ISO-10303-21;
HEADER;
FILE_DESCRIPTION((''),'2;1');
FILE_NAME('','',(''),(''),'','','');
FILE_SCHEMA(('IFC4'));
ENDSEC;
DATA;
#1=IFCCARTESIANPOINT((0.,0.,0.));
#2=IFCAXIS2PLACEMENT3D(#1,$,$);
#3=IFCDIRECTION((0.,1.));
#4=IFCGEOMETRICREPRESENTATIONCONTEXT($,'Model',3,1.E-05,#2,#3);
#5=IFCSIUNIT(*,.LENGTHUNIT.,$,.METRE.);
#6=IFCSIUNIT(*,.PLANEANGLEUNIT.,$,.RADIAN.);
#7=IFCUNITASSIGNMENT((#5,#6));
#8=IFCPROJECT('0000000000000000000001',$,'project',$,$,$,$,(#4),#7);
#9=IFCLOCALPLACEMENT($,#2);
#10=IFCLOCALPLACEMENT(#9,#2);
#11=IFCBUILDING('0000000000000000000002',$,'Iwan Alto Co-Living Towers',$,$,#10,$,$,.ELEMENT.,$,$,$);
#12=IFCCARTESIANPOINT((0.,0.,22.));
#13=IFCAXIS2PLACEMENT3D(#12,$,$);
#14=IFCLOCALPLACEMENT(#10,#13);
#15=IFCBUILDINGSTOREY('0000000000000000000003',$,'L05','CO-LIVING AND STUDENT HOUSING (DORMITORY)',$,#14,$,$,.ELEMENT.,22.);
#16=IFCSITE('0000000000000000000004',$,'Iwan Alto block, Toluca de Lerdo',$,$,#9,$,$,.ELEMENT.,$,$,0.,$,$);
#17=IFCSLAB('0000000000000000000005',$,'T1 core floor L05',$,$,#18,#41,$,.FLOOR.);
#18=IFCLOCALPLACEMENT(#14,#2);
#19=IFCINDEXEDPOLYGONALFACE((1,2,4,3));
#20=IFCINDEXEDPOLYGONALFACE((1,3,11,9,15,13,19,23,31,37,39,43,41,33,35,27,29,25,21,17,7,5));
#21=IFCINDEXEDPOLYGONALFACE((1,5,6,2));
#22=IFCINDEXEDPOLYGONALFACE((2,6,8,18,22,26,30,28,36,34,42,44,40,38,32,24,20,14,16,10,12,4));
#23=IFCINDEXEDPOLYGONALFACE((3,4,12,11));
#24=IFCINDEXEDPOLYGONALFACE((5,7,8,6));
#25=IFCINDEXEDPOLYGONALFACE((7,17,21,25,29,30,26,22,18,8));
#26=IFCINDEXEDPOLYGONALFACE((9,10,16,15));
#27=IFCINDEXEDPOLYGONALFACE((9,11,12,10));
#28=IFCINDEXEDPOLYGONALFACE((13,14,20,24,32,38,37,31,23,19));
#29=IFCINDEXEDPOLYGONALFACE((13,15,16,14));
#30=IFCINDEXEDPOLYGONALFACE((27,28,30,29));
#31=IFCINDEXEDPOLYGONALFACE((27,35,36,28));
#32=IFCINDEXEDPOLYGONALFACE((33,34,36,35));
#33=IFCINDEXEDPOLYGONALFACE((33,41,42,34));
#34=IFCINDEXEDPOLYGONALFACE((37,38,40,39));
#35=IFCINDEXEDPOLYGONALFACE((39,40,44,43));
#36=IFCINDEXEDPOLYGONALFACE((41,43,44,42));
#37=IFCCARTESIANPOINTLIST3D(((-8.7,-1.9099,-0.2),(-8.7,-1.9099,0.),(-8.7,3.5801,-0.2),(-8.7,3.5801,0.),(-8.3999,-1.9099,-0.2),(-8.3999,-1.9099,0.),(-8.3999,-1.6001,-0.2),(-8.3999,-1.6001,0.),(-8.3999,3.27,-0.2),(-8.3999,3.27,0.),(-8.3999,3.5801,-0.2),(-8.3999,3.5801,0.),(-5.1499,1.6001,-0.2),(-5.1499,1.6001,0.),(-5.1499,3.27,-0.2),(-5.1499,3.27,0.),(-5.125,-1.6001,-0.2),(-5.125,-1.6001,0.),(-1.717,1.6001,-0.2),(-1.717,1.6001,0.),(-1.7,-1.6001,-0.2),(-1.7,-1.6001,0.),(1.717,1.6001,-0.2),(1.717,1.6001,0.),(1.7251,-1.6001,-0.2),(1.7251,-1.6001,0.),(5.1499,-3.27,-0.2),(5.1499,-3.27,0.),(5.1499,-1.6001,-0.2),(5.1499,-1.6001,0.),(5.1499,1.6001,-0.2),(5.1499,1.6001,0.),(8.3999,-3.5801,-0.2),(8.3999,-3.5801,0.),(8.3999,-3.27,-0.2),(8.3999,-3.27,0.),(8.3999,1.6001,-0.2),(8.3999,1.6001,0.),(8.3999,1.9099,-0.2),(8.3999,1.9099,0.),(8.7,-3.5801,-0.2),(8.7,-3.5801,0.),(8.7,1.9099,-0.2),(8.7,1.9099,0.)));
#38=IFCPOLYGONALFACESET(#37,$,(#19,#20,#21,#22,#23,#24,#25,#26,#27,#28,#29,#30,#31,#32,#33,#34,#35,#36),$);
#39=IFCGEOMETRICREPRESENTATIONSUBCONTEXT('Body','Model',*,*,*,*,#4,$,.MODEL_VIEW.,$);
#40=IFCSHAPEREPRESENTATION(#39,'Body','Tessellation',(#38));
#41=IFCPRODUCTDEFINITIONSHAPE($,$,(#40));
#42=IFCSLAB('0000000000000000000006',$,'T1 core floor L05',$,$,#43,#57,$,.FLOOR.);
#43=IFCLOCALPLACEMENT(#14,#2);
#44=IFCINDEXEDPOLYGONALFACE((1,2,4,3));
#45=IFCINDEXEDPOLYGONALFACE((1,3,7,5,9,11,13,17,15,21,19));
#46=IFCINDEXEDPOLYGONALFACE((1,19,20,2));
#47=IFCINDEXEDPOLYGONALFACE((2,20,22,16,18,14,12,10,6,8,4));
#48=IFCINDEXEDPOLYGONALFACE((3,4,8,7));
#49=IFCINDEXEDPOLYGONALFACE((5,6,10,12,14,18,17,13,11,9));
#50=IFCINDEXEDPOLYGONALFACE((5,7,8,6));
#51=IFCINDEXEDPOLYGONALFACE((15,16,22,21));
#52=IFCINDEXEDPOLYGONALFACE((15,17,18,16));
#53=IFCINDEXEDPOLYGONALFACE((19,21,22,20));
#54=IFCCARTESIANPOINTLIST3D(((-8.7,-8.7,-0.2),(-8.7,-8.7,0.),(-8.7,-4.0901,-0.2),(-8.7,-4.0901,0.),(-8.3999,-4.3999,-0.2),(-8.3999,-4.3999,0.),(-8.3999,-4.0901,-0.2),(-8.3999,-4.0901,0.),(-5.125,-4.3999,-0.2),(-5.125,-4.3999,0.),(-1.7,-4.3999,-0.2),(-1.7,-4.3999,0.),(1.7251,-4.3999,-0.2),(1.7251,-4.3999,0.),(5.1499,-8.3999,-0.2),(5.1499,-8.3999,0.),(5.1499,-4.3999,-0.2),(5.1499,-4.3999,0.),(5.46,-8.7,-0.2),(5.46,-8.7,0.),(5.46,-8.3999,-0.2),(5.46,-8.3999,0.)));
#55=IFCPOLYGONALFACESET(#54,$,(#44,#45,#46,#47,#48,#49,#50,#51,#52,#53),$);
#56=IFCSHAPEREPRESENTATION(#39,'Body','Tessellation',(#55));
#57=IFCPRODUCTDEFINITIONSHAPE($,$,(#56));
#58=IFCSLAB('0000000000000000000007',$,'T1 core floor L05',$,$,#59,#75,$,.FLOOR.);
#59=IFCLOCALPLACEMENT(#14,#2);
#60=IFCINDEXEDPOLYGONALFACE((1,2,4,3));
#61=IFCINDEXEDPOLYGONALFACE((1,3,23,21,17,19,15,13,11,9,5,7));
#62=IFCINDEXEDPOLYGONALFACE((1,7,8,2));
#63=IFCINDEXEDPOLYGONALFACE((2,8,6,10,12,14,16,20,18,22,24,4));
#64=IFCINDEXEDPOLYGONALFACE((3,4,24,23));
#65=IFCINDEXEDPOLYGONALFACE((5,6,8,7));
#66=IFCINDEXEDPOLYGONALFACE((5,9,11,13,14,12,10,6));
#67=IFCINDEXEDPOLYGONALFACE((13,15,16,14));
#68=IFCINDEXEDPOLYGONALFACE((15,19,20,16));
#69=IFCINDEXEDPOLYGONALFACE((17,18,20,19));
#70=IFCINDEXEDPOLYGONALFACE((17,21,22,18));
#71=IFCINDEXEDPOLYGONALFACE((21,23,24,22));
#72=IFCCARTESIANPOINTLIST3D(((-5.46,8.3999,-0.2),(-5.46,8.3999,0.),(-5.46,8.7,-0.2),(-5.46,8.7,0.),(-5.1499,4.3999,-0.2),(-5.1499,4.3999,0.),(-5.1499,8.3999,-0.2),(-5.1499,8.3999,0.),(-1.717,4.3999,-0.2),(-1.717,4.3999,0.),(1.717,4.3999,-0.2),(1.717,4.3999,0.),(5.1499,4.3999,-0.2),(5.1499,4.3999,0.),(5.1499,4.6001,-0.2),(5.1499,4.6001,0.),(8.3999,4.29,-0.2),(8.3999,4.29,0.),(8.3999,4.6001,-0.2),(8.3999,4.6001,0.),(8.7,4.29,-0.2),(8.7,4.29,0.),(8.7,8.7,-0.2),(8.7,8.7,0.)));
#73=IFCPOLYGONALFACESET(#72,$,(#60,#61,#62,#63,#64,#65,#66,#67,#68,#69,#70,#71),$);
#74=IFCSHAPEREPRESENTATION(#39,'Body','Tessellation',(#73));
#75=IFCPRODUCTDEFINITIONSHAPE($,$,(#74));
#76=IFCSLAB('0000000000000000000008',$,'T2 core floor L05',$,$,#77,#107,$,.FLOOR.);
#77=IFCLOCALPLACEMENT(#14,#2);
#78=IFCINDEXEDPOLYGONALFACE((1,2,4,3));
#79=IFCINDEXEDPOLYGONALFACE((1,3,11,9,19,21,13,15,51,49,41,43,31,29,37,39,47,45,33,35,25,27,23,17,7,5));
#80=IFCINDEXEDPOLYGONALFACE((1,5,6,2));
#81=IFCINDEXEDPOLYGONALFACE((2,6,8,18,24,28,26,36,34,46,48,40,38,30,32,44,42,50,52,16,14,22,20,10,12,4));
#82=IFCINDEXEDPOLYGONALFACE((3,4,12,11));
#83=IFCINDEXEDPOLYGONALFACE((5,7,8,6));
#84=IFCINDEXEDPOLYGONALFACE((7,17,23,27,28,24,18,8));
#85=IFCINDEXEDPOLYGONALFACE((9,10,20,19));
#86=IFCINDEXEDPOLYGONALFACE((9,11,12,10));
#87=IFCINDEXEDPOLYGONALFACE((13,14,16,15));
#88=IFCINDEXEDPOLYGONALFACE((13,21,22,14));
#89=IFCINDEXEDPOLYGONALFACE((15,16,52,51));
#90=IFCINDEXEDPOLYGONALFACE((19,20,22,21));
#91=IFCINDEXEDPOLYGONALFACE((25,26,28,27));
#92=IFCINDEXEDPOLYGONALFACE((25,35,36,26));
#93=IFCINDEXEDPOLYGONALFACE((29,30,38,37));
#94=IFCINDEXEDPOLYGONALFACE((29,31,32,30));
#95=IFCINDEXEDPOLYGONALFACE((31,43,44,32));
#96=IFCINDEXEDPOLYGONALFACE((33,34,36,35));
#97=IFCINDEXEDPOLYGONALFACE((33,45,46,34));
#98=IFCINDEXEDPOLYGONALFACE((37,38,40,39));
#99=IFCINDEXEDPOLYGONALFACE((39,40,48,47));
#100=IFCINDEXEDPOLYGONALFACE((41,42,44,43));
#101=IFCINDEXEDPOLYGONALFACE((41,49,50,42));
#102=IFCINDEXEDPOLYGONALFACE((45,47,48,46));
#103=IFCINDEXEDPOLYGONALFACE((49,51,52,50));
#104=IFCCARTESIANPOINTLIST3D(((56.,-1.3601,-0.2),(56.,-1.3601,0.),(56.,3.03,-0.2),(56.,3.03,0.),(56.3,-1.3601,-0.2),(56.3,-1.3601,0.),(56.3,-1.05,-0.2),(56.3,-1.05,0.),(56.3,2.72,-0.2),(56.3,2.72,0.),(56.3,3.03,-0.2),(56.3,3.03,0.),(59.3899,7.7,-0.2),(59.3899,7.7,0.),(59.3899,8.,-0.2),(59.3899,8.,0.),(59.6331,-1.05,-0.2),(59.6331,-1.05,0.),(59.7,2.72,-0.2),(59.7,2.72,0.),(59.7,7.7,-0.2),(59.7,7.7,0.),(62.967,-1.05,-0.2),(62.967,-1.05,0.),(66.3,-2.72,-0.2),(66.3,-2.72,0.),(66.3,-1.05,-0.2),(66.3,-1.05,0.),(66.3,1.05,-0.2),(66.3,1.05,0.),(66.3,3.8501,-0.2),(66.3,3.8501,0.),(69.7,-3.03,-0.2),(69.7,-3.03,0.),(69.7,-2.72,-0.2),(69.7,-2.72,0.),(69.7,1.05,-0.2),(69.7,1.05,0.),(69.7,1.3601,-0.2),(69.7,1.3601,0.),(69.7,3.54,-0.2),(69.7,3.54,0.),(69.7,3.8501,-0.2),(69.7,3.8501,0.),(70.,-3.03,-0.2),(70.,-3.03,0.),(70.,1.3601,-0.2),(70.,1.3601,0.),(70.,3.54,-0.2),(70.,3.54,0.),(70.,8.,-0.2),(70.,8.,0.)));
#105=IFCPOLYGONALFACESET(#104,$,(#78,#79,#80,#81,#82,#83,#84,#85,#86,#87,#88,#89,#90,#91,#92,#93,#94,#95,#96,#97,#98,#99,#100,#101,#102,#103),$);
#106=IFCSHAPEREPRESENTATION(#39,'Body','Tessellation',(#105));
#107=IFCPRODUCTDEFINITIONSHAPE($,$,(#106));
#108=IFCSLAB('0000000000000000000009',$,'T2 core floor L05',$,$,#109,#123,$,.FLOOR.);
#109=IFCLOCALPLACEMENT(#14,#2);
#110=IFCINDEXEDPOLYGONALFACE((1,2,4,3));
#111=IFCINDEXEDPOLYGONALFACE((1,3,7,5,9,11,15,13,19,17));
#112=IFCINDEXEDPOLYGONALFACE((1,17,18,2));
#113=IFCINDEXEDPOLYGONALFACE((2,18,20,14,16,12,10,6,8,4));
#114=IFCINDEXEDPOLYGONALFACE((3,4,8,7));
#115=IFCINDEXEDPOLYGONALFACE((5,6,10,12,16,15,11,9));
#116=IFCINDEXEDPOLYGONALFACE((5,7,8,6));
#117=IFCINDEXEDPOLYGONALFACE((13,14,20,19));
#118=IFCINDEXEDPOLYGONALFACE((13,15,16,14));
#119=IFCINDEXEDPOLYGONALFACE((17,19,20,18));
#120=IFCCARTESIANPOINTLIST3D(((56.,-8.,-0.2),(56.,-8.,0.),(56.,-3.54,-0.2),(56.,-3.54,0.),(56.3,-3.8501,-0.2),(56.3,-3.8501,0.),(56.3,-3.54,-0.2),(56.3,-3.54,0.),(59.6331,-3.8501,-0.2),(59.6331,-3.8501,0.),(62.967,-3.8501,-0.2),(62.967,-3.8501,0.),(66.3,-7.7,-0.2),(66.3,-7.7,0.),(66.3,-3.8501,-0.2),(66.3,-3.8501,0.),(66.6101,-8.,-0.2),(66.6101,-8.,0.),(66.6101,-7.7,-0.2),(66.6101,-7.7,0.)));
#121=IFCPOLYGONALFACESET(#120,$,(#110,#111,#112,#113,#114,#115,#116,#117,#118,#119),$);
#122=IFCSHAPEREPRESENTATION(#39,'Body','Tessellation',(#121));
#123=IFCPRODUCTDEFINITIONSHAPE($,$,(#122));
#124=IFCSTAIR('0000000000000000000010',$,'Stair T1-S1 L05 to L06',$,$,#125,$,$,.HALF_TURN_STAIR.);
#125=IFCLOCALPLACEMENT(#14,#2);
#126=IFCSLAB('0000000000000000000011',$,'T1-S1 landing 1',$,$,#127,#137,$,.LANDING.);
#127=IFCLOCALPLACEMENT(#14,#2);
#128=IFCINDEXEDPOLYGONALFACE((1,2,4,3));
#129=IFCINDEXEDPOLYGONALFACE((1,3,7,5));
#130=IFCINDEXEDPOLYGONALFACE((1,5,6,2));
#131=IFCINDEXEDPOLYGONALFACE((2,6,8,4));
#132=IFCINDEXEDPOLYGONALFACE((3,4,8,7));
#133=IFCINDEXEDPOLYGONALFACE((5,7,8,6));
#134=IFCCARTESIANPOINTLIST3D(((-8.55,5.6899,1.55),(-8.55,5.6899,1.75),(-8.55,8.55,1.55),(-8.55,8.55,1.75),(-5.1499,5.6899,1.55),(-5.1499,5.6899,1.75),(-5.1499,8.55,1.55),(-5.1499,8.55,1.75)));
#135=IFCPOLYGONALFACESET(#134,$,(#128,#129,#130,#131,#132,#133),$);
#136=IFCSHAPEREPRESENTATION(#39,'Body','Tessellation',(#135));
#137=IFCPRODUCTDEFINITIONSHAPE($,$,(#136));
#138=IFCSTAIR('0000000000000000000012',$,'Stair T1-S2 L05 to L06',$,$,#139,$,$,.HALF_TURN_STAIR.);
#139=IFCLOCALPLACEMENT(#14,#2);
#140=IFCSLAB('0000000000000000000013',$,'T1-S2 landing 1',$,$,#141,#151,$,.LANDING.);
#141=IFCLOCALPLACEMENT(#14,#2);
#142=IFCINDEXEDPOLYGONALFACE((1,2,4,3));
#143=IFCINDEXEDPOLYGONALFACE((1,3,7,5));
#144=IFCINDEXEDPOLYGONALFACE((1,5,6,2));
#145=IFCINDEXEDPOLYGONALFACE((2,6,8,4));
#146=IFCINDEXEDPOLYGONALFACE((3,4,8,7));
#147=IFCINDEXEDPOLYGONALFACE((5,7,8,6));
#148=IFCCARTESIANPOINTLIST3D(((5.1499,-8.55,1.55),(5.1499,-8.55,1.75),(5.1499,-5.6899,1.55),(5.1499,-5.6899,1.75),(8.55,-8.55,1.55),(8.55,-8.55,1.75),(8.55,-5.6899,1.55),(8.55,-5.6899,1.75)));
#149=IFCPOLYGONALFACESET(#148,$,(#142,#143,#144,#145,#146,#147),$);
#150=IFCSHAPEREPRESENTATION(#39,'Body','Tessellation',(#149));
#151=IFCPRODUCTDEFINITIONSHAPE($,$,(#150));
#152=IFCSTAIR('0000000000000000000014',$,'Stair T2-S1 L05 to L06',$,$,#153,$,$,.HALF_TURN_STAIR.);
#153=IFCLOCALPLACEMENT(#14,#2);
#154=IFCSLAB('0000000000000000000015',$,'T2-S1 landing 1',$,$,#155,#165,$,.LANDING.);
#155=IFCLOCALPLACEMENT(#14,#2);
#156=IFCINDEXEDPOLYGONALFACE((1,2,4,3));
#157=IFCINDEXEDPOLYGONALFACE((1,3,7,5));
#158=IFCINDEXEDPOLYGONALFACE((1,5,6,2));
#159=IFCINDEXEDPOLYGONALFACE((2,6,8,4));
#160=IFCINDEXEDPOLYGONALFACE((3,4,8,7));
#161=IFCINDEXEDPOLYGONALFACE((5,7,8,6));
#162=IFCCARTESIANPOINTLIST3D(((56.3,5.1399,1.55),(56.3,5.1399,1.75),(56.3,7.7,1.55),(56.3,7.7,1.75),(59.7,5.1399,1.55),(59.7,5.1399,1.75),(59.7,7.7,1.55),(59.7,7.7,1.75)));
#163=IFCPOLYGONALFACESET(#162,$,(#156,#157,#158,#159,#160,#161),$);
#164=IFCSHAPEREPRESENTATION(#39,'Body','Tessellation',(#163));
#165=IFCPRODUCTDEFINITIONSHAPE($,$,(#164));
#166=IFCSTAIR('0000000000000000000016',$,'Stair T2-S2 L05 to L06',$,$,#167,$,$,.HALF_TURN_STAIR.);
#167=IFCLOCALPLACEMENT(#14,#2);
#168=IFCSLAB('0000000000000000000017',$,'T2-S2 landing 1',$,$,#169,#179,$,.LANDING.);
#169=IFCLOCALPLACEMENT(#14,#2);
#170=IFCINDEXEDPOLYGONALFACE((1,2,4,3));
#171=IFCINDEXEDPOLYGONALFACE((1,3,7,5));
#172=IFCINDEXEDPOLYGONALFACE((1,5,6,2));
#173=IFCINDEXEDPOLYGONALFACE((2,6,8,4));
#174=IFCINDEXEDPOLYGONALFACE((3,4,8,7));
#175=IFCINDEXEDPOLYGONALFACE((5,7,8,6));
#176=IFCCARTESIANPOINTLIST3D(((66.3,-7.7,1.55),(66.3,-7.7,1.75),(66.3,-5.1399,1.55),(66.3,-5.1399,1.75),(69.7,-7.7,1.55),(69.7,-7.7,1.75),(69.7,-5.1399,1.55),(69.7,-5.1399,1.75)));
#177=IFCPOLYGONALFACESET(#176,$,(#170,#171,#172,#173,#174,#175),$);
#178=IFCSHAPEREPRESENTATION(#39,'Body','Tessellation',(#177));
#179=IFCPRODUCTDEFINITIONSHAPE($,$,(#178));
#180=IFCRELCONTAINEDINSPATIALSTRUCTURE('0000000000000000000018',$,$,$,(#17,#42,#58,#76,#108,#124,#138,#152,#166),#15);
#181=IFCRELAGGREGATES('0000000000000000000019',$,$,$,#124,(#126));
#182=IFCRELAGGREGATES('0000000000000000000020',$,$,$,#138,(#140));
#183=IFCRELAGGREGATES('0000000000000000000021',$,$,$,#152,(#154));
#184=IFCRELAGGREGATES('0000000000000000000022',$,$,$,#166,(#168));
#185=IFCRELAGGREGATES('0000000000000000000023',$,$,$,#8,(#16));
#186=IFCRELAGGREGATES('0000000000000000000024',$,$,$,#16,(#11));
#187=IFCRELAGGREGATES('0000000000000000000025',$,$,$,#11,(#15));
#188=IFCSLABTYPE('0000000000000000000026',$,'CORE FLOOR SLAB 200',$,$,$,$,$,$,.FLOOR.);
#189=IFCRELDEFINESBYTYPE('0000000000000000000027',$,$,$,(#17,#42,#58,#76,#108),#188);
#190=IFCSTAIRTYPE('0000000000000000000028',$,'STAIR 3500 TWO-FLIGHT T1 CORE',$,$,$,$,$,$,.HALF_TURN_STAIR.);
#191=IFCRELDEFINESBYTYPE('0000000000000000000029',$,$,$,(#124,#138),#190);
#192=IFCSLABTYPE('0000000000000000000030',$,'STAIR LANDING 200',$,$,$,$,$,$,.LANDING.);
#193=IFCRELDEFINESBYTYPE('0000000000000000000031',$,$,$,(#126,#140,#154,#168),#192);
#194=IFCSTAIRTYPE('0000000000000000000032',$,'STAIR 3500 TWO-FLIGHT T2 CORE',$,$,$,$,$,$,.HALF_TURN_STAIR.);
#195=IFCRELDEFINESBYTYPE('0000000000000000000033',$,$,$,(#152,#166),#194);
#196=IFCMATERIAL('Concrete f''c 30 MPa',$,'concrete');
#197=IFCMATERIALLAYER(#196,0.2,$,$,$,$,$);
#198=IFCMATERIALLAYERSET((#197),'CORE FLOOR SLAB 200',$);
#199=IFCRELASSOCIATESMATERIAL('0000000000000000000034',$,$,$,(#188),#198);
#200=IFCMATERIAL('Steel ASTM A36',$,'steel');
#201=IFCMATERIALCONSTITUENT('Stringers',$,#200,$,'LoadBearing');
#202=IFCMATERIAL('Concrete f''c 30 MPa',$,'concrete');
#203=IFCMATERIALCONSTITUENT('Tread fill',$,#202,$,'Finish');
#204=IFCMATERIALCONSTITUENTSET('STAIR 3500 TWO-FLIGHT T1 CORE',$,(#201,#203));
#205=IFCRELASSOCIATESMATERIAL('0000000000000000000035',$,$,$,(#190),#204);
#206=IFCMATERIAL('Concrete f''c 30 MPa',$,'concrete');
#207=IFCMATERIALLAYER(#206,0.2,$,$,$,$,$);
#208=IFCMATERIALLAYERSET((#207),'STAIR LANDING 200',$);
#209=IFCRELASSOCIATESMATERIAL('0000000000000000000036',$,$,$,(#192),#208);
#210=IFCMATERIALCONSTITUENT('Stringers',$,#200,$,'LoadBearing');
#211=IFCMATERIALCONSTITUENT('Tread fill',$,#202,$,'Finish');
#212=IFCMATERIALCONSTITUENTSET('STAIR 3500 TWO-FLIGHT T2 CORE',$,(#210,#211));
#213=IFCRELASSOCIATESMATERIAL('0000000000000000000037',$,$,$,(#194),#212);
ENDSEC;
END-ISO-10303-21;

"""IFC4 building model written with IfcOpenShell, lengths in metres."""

from ifc_helpers import new_model, si_unit, direction, frame, origin, place, context, subcontext, project, spatial, polyline, outline, extrude, material, layer, layer_set, constituent, constituent_set, type_object, element, aggregate, save


model = new_model("IFC4")

# Units and contexts
model_context = context("Model", 3, precision=1e-05, world=origin(), true_north=direction((0.0, 1.0)))
body_context = subcontext(model_context, "Body", "Model", "MODEL_VIEW")
ifc_project = project(units=[si_unit("LENGTHUNIT", "METRE"), si_unit("PLANEANGLEUNIT", "RADIAN")], contexts=[model_context])

# Site, building, storey
site_placement = place(None, origin())
site = spatial("IfcSite", under=ifc_project, at=site_placement, Name="Iwan Alto block, Toluca de Lerdo", CompositionType="ELEMENT", RefElevation=0.0)
building_placement = place(site_placement, origin())
building = spatial("IfcBuilding", under=site, at=building_placement, Name="Iwan Alto Co-Living Towers", CompositionType="ELEMENT")
storey_placement = place(building_placement, frame((0.0, 0.0, 22.0)))
storey = spatial("IfcBuildingStorey", under=building, at=storey_placement, Name="L05", Description="CO-LIVING AND STUDENT HOUSING (DORMITORY)", CompositionType="ELEMENT", Elevation=22.0)

# Slabs
ifc_material_1 = material(Name="Concrete f'c 30 MPa", Category="concrete")
ifc_layer_1 = layer(ifc_material_1, 0.2)
ifc_layer_set_1 = layer_set([ifc_layer_1], Name="CORE FLOOR SLAB 200")
slab_type_1 = type_object("IfcSlabType", Name="CORE FLOOR SLAB 200", PredefinedType="FLOOR", material=ifc_layer_set_1)
slab_1_placement = place(storey_placement, frame((0.0, 0.0, -0.2)))
element("IfcSlab", 1, at=slab_1_placement, inside=storey, type_object=slab_type_1, Name="T1 core floor L05", PredefinedType="FLOOR", context=body_context, shape_type="SweptSolid", body=[
    extrude(outline(polyline([(8.7, -3.5801), (8.3999, -3.5801), (8.3999, -3.27), (5.1499, -3.27), (5.1499, -1.6001), (1.7251, -1.6001), (-1.7, -1.6001), (-5.125, -1.6001), (-8.3999, -1.6001), (-8.3999, -1.9099), (-8.7, -1.9099), (-8.7, 3.5801), (-8.3999, 3.5801), (-8.3999, 3.27), (-5.1499, 3.27), (-5.1499, 1.6001), (-1.717, 1.6001), (1.717, 1.6001), (5.1499, 1.6001), (8.3999, 1.6001), (8.3999, 1.9099), (8.7, 1.9099), (8.7, -3.5801)])), origin(), (0.0, 0.0, 1.0), 0.2),
])
slab_2_placement = place(storey_placement, frame((0.0, 0.0, -0.2)))
element("IfcSlab", 2, at=slab_2_placement, inside=storey, type_object=slab_type_1, Name="T1 core floor L05", PredefinedType="FLOOR", context=body_context, shape_type="SweptSolid", body=[
    extrude(outline(polyline([(-1.7, -4.3999), (1.7251, -4.3999), (5.1499, -4.3999), (5.1499, -8.3999), (5.46, -8.3999), (5.46, -8.7), (-8.7, -8.7), (-8.7, -4.0901), (-8.3999, -4.0901), (-8.3999, -4.3999), (-5.125, -4.3999), (-1.7, -4.3999)])), origin(), (0.0, 0.0, 1.0), 0.2),
])
slab_3_placement = place(storey_placement, frame((0.0, 0.0, -0.2)))
element("IfcSlab", 3, at=slab_3_placement, inside=storey, type_object=slab_type_1, Name="T1 core floor L05", PredefinedType="FLOOR", context=body_context, shape_type="SweptSolid", body=[
    extrude(outline(polyline([(1.717, 4.3999), (-1.717, 4.3999), (-5.1499, 4.3999), (-5.1499, 8.3999), (-5.46, 8.3999), (-5.46, 8.7), (8.7, 8.7), (8.7, 4.29), (8.3999, 4.29), (8.3999, 4.6001), (5.1499, 4.6001), (5.1499, 4.3999), (1.717, 4.3999)])), origin(), (0.0, 0.0, 1.0), 0.2),
])
slab_4_placement = place(storey_placement, frame((0.0, 0.0, -0.2)))
element("IfcSlab", 4, at=slab_4_placement, inside=storey, type_object=slab_type_1, Name="T2 core floor L05", PredefinedType="FLOOR", context=body_context, shape_type="SweptSolid", body=[
    extrude(outline(polyline([(70.0, -3.03), (69.7, -3.03), (69.7, -2.72), (66.3, -2.72), (66.3, -1.05), (62.967, -1.05), (59.6331, -1.05), (56.3, -1.05), (56.3, -1.3601), (56.0, -1.3601), (56.0, 3.03), (56.3, 3.03), (56.3, 2.72), (59.7, 2.72), (59.7, 7.7), (59.3899, 7.7), (59.3899, 8.0), (70.0, 8.0), (70.0, 3.54), (69.7, 3.54), (69.7, 3.8501), (66.3, 3.8501), (66.3, 1.05), (69.7, 1.05), (69.7, 1.3601), (70.0, 1.3601), (70.0, -3.03)])), origin(), (0.0, 0.0, 1.0), 0.2),
])
slab_5_placement = place(storey_placement, frame((0.0, 0.0, -0.2)))
element("IfcSlab", 5, at=slab_5_placement, inside=storey, type_object=slab_type_1, Name="T2 core floor L05", PredefinedType="FLOOR", context=body_context, shape_type="SweptSolid", body=[
    extrude(outline(polyline([(62.967, -3.8501), (66.3, -3.8501), (66.3, -7.7), (66.6101, -7.7), (66.6101, -8.0), (56.0, -8.0), (56.0, -3.54), (56.3, -3.54), (56.3, -3.8501), (59.6331, -3.8501), (62.967, -3.8501)])), origin(), (0.0, 0.0, 1.0), 0.2),
])

# Stairs, slabs
ifc_material_2 = material(Name="Steel ASTM A36", Category="steel")
ifc_constituent_1 = constituent(ifc_material_2, Name="Stringers", Category="LoadBearing")
ifc_material_3 = material(Name="Concrete f'c 30 MPa", Category="concrete")
ifc_constituent_2 = constituent(ifc_material_3, Name="Tread fill", Category="Finish")
ifc_constituent_set_1 = constituent_set(constituents=[ifc_constituent_1, ifc_constituent_2], Name="STAIR 3500 TWO-FLIGHT T1 CORE")
stair_type_1 = type_object("IfcStairType", Name="STAIR 3500 TWO-FLIGHT T1 CORE", PredefinedType="HALF_TURN_STAIR", material=ifc_constituent_set_1)
stair_1_placement = place(storey_placement, origin())
stair_1 = element("IfcStair", 6, at=stair_1_placement, inside=storey, type_object=stair_type_1, Name="Stair T1-S1 L05 to L06", PredefinedType="HALF_TURN_STAIR")
ifc_material_4 = material(Name="Concrete f'c 30 MPa", Category="concrete")
ifc_layer_2 = layer(ifc_material_4, 0.2)
ifc_layer_set_2 = layer_set([ifc_layer_2], Name="STAIR LANDING 200")
slab_type_2 = type_object("IfcSlabType", Name="STAIR LANDING 200", PredefinedType="LANDING", material=ifc_layer_set_2)
slab_6_placement = place(storey_placement, frame((0.0, 0.0, 1.55)))
slab_6 = element("IfcSlab", 7, at=slab_6_placement, type_object=slab_type_2, Name="T1-S1 landing 1", PredefinedType="LANDING", context=body_context, shape_type="SweptSolid", body=[
    extrude(outline(polyline([(-8.55, 5.6899), (-8.55, 8.55), (-5.1499, 8.55), (-5.1499, 5.6899), (-8.55, 5.6899)])), origin(), (0.0, 0.0, 1.0), 0.2),
])
aggregate(stair_1, [slab_6])
stair_2_placement = place(storey_placement, origin())
stair_2 = element("IfcStair", 8, at=stair_2_placement, inside=storey, type_object=stair_type_1, Name="Stair T1-S2 L05 to L06", PredefinedType="HALF_TURN_STAIR")
slab_7_placement = place(storey_placement, frame((0.0, 0.0, 1.55)))
slab_7 = element("IfcSlab", 9, at=slab_7_placement, type_object=slab_type_2, Name="T1-S2 landing 1", PredefinedType="LANDING", context=body_context, shape_type="SweptSolid", body=[
    extrude(outline(polyline([(5.1499, -5.6899), (5.1499, -8.55), (8.55, -8.55), (8.55, -5.6899), (5.1499, -5.6899)])), origin(), (0.0, 0.0, 1.0), 0.2),
])
aggregate(stair_2, [slab_7])
ifc_constituent_3 = constituent(ifc_material_2, Name="Stringers", Category="LoadBearing")
ifc_constituent_4 = constituent(ifc_material_3, Name="Tread fill", Category="Finish")
ifc_constituent_set_2 = constituent_set(constituents=[ifc_constituent_3, ifc_constituent_4], Name="STAIR 3500 TWO-FLIGHT T2 CORE")
stair_type_2 = type_object("IfcStairType", Name="STAIR 3500 TWO-FLIGHT T2 CORE", PredefinedType="HALF_TURN_STAIR", material=ifc_constituent_set_2)
stair_3_placement = place(storey_placement, origin())
stair_3 = element("IfcStair", 10, at=stair_3_placement, inside=storey, type_object=stair_type_2, Name="Stair T2-S1 L05 to L06", PredefinedType="HALF_TURN_STAIR")
slab_8_placement = place(storey_placement, frame((0.0, 0.0, 1.55)))
slab_8 = element("IfcSlab", 11, at=slab_8_placement, type_object=slab_type_2, Name="T2-S1 landing 1", PredefinedType="LANDING", context=body_context, shape_type="SweptSolid", body=[
    extrude(outline(polyline([(56.3, 5.1399), (56.3, 7.7), (59.7, 7.7), (59.7, 5.1399), (56.3, 5.1399)])), origin(), (0.0, 0.0, 1.0), 0.2),
])
aggregate(stair_3, [slab_8])
stair_4_placement = place(storey_placement, origin())
stair_4 = element("IfcStair", 12, at=stair_4_placement, inside=storey, type_object=stair_type_2, Name="Stair T2-S2 L05 to L06", PredefinedType="HALF_TURN_STAIR")
slab_9_placement = place(storey_placement, frame((0.0, 0.0, 1.55)))
slab_9 = element("IfcSlab", 13, at=slab_9_placement, type_object=slab_type_2, Name="T2-S2 landing 1", PredefinedType="LANDING", context=body_context, shape_type="SweptSolid", body=[
    extrude(outline(polyline([(66.3, -5.1399), (66.3, -7.7), (69.7, -7.7), (69.7, -5.1399), (66.3, -5.1399)])), origin(), (0.0, 0.0, 1.0), 0.2),
])
aggregate(stair_4, [slab_9])

save(model, "model.ifc")
